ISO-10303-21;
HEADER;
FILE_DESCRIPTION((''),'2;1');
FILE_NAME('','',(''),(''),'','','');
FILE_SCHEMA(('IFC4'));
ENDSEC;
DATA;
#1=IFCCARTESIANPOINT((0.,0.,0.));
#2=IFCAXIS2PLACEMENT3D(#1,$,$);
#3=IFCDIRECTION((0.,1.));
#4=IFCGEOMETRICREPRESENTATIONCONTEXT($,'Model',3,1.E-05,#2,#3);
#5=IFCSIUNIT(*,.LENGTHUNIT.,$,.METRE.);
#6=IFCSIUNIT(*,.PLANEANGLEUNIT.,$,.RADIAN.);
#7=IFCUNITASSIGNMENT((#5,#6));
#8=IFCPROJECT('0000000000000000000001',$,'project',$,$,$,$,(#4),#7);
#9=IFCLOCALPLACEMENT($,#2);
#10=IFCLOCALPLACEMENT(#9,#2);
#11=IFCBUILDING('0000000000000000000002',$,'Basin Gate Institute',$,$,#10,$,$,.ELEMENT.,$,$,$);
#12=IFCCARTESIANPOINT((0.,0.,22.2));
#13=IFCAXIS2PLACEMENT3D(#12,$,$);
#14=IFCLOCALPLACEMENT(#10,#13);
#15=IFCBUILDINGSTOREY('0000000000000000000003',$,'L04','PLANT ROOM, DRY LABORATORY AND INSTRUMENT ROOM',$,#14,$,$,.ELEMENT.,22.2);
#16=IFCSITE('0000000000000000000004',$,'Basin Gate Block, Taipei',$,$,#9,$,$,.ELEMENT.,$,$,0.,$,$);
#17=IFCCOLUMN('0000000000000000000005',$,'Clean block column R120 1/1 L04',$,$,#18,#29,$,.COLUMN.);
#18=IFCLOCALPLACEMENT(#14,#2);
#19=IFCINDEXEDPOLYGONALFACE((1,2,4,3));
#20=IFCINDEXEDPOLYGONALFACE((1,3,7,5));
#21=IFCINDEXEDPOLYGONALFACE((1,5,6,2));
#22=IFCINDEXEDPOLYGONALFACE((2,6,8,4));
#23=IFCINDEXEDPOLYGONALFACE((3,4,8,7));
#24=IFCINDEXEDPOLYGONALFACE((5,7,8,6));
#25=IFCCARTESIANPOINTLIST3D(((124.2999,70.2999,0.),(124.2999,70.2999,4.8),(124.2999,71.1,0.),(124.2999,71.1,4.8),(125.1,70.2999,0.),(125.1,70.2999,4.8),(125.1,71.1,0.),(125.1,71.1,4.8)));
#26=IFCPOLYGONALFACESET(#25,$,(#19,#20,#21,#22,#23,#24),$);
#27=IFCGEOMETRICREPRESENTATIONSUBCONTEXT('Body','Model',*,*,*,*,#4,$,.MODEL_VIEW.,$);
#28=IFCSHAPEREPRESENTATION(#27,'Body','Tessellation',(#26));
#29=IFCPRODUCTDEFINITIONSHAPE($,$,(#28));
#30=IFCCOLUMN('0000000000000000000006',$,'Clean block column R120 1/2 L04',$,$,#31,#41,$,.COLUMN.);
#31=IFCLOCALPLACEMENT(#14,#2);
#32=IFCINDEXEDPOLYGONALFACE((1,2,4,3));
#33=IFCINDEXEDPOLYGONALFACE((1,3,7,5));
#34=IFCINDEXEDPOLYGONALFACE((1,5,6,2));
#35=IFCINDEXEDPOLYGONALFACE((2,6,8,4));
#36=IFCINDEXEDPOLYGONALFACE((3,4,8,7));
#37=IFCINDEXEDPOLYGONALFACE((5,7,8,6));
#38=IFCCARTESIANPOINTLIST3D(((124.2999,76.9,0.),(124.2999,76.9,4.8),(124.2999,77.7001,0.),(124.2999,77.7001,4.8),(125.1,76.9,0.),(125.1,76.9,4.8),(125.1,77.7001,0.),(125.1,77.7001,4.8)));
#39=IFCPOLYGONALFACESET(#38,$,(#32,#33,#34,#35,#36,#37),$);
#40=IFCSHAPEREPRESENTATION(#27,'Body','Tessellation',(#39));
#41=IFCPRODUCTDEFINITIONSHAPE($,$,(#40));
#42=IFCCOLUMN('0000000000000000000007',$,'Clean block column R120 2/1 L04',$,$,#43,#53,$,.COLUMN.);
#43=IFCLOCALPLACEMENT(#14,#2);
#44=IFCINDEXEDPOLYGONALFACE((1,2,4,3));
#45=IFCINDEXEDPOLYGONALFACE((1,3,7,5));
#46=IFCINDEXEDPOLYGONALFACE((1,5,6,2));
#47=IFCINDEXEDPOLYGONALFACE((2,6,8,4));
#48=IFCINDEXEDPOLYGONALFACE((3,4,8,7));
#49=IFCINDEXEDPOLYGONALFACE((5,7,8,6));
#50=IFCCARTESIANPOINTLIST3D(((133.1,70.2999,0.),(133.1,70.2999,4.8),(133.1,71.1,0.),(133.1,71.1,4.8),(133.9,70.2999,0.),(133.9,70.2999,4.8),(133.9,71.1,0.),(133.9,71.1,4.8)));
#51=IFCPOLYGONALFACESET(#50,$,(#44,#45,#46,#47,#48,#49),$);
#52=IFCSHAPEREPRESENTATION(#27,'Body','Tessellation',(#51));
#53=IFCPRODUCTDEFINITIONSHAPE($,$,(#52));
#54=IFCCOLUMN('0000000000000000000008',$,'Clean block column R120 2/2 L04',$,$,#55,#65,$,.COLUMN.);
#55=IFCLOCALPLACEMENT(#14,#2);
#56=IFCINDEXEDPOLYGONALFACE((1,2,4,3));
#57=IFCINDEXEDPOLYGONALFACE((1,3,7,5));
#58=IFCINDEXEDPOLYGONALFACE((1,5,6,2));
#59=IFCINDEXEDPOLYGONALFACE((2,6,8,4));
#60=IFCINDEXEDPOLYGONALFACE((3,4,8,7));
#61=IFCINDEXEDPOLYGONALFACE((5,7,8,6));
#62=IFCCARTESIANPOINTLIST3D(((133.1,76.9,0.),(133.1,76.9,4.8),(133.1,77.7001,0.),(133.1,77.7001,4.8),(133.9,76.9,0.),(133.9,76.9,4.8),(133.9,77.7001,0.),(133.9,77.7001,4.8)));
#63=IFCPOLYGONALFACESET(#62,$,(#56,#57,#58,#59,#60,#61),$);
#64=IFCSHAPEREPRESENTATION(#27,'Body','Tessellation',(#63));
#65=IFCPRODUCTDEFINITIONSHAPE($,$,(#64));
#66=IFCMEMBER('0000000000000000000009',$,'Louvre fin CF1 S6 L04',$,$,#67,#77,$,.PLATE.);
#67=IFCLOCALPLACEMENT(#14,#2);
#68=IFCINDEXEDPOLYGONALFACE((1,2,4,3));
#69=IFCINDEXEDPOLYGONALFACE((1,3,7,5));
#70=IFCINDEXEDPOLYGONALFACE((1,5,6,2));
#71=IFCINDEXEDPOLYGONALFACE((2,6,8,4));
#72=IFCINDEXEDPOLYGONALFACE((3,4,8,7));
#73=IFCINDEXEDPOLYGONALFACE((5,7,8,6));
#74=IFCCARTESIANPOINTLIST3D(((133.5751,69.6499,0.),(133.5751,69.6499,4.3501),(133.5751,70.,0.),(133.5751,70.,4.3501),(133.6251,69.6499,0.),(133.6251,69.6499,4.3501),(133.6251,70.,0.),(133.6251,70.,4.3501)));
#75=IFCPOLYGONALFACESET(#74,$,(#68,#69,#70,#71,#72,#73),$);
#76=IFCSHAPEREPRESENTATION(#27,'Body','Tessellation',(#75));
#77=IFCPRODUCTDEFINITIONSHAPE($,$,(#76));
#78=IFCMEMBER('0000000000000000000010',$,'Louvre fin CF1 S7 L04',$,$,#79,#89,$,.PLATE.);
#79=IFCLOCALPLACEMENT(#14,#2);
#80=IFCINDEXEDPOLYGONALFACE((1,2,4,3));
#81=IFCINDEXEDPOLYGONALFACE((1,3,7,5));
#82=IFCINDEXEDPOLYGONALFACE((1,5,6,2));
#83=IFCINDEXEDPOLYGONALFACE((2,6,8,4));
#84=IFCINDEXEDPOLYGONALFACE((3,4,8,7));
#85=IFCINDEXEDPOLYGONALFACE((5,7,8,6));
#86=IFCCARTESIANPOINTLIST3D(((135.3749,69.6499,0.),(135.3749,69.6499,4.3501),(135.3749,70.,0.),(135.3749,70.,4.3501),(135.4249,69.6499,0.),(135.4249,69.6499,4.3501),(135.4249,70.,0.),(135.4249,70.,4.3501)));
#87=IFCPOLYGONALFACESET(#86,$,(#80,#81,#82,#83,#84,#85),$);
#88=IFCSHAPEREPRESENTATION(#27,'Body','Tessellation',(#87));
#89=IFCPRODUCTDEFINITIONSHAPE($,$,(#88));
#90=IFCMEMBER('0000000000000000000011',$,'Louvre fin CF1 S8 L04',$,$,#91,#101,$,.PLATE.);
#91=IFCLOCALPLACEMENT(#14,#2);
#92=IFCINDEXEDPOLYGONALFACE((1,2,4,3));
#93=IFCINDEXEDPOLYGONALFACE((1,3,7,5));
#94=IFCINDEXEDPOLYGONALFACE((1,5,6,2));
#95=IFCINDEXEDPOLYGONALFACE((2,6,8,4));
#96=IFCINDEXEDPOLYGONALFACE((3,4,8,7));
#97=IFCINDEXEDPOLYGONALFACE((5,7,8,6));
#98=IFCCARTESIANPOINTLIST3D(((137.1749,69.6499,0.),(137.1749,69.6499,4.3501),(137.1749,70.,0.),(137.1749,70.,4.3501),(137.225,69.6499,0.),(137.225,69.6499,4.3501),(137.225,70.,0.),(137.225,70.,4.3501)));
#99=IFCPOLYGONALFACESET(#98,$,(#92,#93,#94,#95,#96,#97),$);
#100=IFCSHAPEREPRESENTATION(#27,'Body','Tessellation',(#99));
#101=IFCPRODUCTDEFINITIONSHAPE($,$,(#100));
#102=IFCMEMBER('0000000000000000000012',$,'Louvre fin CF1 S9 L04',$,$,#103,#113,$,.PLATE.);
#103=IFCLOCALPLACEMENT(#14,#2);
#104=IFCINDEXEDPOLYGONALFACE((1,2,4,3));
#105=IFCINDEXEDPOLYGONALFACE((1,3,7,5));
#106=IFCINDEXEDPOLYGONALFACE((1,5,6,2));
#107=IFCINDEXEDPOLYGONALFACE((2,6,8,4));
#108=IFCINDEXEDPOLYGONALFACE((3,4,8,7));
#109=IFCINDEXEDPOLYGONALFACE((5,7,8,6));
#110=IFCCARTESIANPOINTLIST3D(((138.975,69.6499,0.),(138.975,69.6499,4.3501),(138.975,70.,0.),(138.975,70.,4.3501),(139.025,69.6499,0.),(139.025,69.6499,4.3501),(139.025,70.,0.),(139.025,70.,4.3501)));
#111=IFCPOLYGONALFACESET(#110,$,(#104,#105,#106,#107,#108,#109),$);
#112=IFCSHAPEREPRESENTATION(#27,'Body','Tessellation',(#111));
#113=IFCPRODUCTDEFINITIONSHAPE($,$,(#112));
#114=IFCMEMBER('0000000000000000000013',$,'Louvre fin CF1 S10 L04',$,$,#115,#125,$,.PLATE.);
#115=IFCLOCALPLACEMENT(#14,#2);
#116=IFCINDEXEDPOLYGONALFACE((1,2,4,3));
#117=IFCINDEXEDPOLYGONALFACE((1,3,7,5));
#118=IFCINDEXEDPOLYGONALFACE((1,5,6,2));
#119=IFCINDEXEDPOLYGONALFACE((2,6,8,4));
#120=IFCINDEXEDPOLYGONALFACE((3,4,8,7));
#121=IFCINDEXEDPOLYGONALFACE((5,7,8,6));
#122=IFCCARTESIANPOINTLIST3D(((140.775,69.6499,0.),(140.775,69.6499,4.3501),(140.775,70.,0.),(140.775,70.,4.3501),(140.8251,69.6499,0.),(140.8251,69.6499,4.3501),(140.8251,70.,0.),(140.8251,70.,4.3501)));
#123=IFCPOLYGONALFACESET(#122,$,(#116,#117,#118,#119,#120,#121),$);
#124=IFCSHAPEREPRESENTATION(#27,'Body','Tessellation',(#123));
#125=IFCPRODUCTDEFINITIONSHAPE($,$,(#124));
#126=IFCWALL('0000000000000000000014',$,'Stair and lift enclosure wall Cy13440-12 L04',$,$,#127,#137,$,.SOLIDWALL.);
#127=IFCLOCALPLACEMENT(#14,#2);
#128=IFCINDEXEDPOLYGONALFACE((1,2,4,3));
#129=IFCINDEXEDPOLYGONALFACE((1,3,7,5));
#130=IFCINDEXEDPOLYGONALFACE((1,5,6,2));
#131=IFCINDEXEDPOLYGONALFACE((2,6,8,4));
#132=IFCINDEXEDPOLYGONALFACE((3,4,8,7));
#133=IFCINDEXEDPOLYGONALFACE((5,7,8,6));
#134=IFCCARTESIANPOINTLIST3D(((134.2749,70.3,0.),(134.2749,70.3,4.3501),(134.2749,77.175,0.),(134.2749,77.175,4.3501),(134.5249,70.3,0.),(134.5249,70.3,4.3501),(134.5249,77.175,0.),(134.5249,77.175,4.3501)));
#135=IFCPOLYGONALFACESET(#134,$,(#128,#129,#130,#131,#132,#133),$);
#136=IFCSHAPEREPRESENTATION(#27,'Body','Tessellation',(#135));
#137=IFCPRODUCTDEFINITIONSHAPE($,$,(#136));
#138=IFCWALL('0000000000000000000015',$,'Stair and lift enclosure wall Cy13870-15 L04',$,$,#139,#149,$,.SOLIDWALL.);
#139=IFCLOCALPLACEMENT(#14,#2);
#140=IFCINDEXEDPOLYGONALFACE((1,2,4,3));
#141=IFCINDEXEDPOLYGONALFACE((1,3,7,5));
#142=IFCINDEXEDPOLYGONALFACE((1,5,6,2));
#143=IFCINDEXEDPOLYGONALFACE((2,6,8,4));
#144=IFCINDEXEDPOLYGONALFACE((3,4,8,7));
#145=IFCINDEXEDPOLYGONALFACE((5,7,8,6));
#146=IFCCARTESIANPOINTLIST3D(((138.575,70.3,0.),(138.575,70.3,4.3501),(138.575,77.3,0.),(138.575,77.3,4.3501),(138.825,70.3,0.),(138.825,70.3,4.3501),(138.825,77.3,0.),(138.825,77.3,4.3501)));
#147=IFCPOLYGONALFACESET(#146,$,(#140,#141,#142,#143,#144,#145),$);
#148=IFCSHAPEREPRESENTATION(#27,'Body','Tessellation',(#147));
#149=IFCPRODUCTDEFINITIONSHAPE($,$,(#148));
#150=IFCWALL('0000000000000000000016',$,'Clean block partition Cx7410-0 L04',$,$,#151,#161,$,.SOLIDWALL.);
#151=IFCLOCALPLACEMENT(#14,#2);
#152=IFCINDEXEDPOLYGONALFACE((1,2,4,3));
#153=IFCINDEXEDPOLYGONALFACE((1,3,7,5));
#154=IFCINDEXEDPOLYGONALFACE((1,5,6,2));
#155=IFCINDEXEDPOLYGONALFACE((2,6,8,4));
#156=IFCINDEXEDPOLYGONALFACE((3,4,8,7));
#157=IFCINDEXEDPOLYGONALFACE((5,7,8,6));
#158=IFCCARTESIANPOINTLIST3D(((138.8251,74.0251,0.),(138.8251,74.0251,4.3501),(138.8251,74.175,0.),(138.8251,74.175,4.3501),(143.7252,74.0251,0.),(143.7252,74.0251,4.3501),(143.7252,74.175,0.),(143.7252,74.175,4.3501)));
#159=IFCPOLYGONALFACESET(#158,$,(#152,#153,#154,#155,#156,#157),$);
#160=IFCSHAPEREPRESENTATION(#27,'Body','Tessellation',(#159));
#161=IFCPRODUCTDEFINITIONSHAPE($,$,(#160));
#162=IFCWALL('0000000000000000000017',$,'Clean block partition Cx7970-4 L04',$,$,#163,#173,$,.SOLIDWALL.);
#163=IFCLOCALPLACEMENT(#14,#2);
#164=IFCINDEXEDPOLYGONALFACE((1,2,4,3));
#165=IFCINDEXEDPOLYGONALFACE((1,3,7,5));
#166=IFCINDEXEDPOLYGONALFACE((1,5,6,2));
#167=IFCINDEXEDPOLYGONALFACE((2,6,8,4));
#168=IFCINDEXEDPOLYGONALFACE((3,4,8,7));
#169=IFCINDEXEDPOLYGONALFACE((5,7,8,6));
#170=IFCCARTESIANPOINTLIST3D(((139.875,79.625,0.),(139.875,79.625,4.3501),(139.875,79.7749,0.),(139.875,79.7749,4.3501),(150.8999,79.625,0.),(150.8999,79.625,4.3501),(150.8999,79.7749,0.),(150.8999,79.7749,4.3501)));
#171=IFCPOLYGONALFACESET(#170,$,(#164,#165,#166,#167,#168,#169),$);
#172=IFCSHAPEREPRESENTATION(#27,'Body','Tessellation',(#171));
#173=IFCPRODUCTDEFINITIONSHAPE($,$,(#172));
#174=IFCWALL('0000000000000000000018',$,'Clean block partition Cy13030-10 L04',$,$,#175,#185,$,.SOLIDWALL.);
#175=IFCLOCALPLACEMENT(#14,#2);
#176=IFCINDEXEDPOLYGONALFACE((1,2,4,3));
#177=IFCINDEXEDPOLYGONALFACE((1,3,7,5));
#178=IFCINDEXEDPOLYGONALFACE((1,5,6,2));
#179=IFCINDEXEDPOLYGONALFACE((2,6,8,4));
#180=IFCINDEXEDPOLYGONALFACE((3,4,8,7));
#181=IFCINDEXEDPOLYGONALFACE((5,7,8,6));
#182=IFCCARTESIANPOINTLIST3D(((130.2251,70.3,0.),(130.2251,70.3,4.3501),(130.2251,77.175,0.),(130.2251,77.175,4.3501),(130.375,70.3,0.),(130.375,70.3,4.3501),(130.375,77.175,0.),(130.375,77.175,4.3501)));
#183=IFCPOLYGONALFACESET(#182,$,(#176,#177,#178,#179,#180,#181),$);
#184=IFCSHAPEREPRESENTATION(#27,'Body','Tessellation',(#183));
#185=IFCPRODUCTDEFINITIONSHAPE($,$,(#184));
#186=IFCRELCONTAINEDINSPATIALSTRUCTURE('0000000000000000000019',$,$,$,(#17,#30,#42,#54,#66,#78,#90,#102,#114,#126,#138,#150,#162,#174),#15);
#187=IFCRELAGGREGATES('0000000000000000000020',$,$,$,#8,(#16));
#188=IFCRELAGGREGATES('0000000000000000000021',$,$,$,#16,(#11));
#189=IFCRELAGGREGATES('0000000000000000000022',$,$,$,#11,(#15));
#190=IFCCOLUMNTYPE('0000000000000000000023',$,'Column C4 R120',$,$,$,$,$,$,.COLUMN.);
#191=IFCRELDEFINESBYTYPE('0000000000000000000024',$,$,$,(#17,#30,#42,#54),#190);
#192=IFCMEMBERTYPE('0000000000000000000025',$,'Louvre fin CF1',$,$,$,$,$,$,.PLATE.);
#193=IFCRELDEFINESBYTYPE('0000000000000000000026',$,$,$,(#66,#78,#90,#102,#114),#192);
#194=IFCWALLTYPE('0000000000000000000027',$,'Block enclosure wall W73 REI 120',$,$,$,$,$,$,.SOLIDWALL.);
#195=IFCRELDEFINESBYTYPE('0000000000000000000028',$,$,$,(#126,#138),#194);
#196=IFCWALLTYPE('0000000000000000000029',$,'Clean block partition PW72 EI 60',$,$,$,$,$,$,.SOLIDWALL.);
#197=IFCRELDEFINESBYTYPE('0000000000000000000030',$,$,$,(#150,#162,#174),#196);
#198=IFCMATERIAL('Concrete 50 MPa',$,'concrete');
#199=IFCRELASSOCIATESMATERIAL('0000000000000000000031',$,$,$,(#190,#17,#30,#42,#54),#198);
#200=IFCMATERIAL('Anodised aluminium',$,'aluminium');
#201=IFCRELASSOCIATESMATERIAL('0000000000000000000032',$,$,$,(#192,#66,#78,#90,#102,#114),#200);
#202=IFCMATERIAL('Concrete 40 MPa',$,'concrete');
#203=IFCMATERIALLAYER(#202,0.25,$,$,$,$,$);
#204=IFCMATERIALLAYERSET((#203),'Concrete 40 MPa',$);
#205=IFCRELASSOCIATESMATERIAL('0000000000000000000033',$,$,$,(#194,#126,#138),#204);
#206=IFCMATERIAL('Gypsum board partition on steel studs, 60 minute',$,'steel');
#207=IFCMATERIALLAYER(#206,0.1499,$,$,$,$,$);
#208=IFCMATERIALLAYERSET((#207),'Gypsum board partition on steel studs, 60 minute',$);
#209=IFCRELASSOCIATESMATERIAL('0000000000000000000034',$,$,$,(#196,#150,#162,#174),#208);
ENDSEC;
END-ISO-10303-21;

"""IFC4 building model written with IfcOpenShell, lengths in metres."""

from ifc_helpers import new_model, si_unit, direction, frame, frame_2d, origin, origin_2d, place, context, subcontext, project, spatial, rectangle, extrude, material, layer, layer_set, material_profile, profile_set, type_object, element, save


model = new_model("IFC4")

# Units and contexts
model_context = context("Model", 3, precision=1e-05, world=origin(), true_north=direction((0.0, 1.0)))
body_context = subcontext(model_context, "Body", "Model", "MODEL_VIEW")
ifc_project = project(units=[si_unit("LENGTHUNIT", "METRE"), si_unit("PLANEANGLEUNIT", "RADIAN")], contexts=[model_context])

# Site, building, storey
site_placement = place(None, origin())
site = spatial("IfcSite", under=ifc_project, at=site_placement, Name="Basin Gate Block, Taipei", CompositionType="ELEMENT", RefElevation=0.0)
building_placement = place(site_placement, origin())
building = spatial("IfcBuilding", under=site, at=building_placement, Name="Basin Gate Institute", CompositionType="ELEMENT")
storey_placement = place(building_placement, frame((0.0, 0.0, 22.2)))
storey = spatial("IfcBuildingStorey", under=building, at=storey_placement, Name="L04", Description="PLANT ROOM, DRY LABORATORY AND INSTRUMENT ROOM", CompositionType="ELEMENT", Elevation=22.2)

# Columns
ifc_material_1 = material(Name="Concrete 50 MPa", Category="concrete")
ifc_material_profile_1 = material_profile(ifc_material_1, rectangle(XDim=0.8, YDim=0.8, at=origin_2d()), Name="Column C4 800 x 800")
ifc_profile_set_1 = profile_set([ifc_material_profile_1], Name="Concrete 50 MPa")
column_type = type_object("IfcColumnType", Name="Column C4 R120", PredefinedType="COLUMN", material=ifc_profile_set_1)
for number, where, z_axis, x_axis, name in (
    (1, (124.7, 70.7, 0.0), (0.0, 0.0, 1.0), (1.0, 0.0, 0.0), "Clean block column R120 1/1 L04"),
    (2, (124.7, 77.3, 0.0), (0.0, 0.0, 1.0), (1.0, 0.0, 0.0), "Clean block column R120 1/2 L04"),
    (3, (133.5, 70.7, 0.0), (0.0, 0.0, 1.0), (1.0, 0.0, 0.0), "Clean block column R120 2/1 L04"),
    (4, (133.5, 77.3, 0.0), (0.0, 0.0, 1.0), (1.0, 0.0, 0.0), "Clean block column R120 2/2 L04"),
):
    element("IfcColumn", number, at=place(storey_placement, frame(where, z_axis=z_axis, x_axis=x_axis)), inside=storey, type_object=column_type, material=ifc_profile_set_1, Name=name, PredefinedType="COLUMN", context=body_context, shape_type="SweptSolid", body=[
        extrude(rectangle(XDim=0.8, YDim=0.8, at=origin_2d()), origin(), (0.0, 0.0, 1.0), 4.8),
    ])

# Members
ifc_material_2 = material(Name="Anodised aluminium", Category="aluminium")
ifc_material_profile_2 = material_profile(ifc_material_2, rectangle(XDim=0.05, YDim=0.3501, at=origin_2d()), Name="Louvre fin CF1 50 x 350")
ifc_profile_set_2 = profile_set([ifc_material_profile_2], Name="Anodised aluminium")
member_type = type_object("IfcMemberType", Name="Louvre fin CF1", PredefinedType="PLATE", material=ifc_profile_set_2)
for number, where, z_axis, x_axis, name in (
    (5, (133.6001, 69.825, 0.0), (0.0, 0.0, 1.0), (1.0, 0.0, 0.0), "Louvre fin CF1 S6 L04"),
    (6, (135.3999, 69.825, 0.0), (0.0, 0.0, 1.0), (1.0, 0.0, 0.0), "Louvre fin CF1 S7 L04"),
    (7, (137.2, 69.825, 0.0), (0.0, 0.0, 1.0), (1.0, 0.0, 0.0), "Louvre fin CF1 S8 L04"),
    (8, (139.0, 69.825, 0.0), (0.0, 0.0, 1.0), (1.0, 0.0, 0.0), "Louvre fin CF1 S9 L04"),
    (9, (140.8, 69.825, 0.0), (0.0, 0.0, 1.0), (1.0, 0.0, 0.0), "Louvre fin CF1 S10 L04"),
):
    element("IfcMember", number, at=place(storey_placement, frame(where, z_axis=z_axis, x_axis=x_axis)), inside=storey, type_object=member_type, material=ifc_profile_set_2, Name=name, PredefinedType="PLATE", context=body_context, shape_type="SweptSolid", body=[
        extrude(rectangle(XDim=0.05, YDim=0.3501, at=origin_2d()), origin(), (0.0, 0.0, 1.0), 4.3501),
    ])

# Walls
ifc_material_3 = material(Name="Concrete 40 MPa", Category="concrete")
ifc_layer_1 = layer(ifc_material_3, 0.25)
ifc_layer_set_1 = layer_set([ifc_layer_1], Name="Concrete 40 MPa")
wall_type_1 = type_object("IfcWallType", Name="Block enclosure wall W73 REI 120", PredefinedType="SOLIDWALL", material=ifc_layer_set_1)
wall_1_placement = place(storey_placement, frame((134.3999, 70.3, 0.0), z_axis=(0.0, 0.0, 1.0), x_axis=(0.0, 1.0, 0.0)))
element("IfcWall", 10, at=wall_1_placement, inside=storey, type_object=wall_type_1, material=ifc_layer_set_1, Name="Stair and lift enclosure wall Cy13440-12 L04", PredefinedType="SOLIDWALL", context=body_context, shape_type="SweptSolid", body=[
    extrude(rectangle(XDim=6.875, YDim=0.25, at=frame_2d((3.4375, 0.0))), origin(), (0.0, 0.0, 1.0), 4.3501),
])
wall_2_placement = place(storey_placement, frame((138.7, 70.3, 0.0), z_axis=(0.0, 0.0, 1.0), x_axis=(0.0, 1.0, 0.0)))
element("IfcWall", 11, at=wall_2_placement, inside=storey, type_object=wall_type_1, material=ifc_layer_set_1, Name="Stair and lift enclosure wall Cy13870-15 L04", PredefinedType="SOLIDWALL", context=body_context, shape_type="SweptSolid", body=[
    extrude(rectangle(XDim=7.0, YDim=0.25, at=frame_2d((3.5, 0.0))), origin(), (0.0, 0.0, 1.0), 4.3501),
])
ifc_material_4 = material(Name="Gypsum board partition on steel studs, 60 minute", Category="steel")
ifc_layer_2 = layer(ifc_material_4, 0.1499)
ifc_layer_set_2 = layer_set([ifc_layer_2], Name="Gypsum board partition on steel studs, 60 minute")
wall_type_2 = type_object("IfcWallType", Name="Clean block partition PW72 EI 60", PredefinedType="SOLIDWALL", material=ifc_layer_set_2)
wall_3_placement = place(storey_placement, frame((138.825, 74.1001, 0.0), z_axis=(0.0, 0.0, 1.0), x_axis=(1.0, 0.0, 0.0)))
element("IfcWall", 12, at=wall_3_placement, inside=storey, type_object=wall_type_2, material=ifc_layer_set_2, Name="Clean block partition Cx7410-0 L04", PredefinedType="SOLIDWALL", context=body_context, shape_type="SweptSolid", body=[
    extrude(rectangle(XDim=4.9001, YDim=0.1499, at=frame_2d((2.4502, 0.0))), origin(), (0.0, 0.0, 1.0), 4.3501),
])
wall_4_placement = place(storey_placement, frame((139.875, 79.7, 0.0), z_axis=(0.0, 0.0, 1.0), x_axis=(1.0, 0.0, 0.0)))
element("IfcWall", 13, at=wall_4_placement, inside=storey, type_object=wall_type_2, material=ifc_layer_set_2, Name="Clean block partition Cx7970-4 L04", PredefinedType="SOLIDWALL", context=body_context, shape_type="SweptSolid", body=[
    extrude(rectangle(XDim=11.0249, YDim=0.1499, at=frame_2d((5.5125, 0.0))), origin(), (0.0, 0.0, 1.0), 4.3501),
])
wall_5_placement = place(storey_placement, frame((130.3, 70.3, 0.0), z_axis=(0.0, 0.0, 1.0), x_axis=(0.0, 1.0, 0.0)))
element("IfcWall", 14, at=wall_5_placement, inside=storey, type_object=wall_type_2, material=ifc_layer_set_2, Name="Clean block partition Cy13030-10 L04", PredefinedType="SOLIDWALL", context=body_context, shape_type="SweptSolid", body=[
    extrude(rectangle(XDim=6.875, YDim=0.1499, at=frame_2d((3.4375, 0.0))), origin(), (0.0, 0.0, 1.0), 4.3501),
])

save(model, "model.ifc")
